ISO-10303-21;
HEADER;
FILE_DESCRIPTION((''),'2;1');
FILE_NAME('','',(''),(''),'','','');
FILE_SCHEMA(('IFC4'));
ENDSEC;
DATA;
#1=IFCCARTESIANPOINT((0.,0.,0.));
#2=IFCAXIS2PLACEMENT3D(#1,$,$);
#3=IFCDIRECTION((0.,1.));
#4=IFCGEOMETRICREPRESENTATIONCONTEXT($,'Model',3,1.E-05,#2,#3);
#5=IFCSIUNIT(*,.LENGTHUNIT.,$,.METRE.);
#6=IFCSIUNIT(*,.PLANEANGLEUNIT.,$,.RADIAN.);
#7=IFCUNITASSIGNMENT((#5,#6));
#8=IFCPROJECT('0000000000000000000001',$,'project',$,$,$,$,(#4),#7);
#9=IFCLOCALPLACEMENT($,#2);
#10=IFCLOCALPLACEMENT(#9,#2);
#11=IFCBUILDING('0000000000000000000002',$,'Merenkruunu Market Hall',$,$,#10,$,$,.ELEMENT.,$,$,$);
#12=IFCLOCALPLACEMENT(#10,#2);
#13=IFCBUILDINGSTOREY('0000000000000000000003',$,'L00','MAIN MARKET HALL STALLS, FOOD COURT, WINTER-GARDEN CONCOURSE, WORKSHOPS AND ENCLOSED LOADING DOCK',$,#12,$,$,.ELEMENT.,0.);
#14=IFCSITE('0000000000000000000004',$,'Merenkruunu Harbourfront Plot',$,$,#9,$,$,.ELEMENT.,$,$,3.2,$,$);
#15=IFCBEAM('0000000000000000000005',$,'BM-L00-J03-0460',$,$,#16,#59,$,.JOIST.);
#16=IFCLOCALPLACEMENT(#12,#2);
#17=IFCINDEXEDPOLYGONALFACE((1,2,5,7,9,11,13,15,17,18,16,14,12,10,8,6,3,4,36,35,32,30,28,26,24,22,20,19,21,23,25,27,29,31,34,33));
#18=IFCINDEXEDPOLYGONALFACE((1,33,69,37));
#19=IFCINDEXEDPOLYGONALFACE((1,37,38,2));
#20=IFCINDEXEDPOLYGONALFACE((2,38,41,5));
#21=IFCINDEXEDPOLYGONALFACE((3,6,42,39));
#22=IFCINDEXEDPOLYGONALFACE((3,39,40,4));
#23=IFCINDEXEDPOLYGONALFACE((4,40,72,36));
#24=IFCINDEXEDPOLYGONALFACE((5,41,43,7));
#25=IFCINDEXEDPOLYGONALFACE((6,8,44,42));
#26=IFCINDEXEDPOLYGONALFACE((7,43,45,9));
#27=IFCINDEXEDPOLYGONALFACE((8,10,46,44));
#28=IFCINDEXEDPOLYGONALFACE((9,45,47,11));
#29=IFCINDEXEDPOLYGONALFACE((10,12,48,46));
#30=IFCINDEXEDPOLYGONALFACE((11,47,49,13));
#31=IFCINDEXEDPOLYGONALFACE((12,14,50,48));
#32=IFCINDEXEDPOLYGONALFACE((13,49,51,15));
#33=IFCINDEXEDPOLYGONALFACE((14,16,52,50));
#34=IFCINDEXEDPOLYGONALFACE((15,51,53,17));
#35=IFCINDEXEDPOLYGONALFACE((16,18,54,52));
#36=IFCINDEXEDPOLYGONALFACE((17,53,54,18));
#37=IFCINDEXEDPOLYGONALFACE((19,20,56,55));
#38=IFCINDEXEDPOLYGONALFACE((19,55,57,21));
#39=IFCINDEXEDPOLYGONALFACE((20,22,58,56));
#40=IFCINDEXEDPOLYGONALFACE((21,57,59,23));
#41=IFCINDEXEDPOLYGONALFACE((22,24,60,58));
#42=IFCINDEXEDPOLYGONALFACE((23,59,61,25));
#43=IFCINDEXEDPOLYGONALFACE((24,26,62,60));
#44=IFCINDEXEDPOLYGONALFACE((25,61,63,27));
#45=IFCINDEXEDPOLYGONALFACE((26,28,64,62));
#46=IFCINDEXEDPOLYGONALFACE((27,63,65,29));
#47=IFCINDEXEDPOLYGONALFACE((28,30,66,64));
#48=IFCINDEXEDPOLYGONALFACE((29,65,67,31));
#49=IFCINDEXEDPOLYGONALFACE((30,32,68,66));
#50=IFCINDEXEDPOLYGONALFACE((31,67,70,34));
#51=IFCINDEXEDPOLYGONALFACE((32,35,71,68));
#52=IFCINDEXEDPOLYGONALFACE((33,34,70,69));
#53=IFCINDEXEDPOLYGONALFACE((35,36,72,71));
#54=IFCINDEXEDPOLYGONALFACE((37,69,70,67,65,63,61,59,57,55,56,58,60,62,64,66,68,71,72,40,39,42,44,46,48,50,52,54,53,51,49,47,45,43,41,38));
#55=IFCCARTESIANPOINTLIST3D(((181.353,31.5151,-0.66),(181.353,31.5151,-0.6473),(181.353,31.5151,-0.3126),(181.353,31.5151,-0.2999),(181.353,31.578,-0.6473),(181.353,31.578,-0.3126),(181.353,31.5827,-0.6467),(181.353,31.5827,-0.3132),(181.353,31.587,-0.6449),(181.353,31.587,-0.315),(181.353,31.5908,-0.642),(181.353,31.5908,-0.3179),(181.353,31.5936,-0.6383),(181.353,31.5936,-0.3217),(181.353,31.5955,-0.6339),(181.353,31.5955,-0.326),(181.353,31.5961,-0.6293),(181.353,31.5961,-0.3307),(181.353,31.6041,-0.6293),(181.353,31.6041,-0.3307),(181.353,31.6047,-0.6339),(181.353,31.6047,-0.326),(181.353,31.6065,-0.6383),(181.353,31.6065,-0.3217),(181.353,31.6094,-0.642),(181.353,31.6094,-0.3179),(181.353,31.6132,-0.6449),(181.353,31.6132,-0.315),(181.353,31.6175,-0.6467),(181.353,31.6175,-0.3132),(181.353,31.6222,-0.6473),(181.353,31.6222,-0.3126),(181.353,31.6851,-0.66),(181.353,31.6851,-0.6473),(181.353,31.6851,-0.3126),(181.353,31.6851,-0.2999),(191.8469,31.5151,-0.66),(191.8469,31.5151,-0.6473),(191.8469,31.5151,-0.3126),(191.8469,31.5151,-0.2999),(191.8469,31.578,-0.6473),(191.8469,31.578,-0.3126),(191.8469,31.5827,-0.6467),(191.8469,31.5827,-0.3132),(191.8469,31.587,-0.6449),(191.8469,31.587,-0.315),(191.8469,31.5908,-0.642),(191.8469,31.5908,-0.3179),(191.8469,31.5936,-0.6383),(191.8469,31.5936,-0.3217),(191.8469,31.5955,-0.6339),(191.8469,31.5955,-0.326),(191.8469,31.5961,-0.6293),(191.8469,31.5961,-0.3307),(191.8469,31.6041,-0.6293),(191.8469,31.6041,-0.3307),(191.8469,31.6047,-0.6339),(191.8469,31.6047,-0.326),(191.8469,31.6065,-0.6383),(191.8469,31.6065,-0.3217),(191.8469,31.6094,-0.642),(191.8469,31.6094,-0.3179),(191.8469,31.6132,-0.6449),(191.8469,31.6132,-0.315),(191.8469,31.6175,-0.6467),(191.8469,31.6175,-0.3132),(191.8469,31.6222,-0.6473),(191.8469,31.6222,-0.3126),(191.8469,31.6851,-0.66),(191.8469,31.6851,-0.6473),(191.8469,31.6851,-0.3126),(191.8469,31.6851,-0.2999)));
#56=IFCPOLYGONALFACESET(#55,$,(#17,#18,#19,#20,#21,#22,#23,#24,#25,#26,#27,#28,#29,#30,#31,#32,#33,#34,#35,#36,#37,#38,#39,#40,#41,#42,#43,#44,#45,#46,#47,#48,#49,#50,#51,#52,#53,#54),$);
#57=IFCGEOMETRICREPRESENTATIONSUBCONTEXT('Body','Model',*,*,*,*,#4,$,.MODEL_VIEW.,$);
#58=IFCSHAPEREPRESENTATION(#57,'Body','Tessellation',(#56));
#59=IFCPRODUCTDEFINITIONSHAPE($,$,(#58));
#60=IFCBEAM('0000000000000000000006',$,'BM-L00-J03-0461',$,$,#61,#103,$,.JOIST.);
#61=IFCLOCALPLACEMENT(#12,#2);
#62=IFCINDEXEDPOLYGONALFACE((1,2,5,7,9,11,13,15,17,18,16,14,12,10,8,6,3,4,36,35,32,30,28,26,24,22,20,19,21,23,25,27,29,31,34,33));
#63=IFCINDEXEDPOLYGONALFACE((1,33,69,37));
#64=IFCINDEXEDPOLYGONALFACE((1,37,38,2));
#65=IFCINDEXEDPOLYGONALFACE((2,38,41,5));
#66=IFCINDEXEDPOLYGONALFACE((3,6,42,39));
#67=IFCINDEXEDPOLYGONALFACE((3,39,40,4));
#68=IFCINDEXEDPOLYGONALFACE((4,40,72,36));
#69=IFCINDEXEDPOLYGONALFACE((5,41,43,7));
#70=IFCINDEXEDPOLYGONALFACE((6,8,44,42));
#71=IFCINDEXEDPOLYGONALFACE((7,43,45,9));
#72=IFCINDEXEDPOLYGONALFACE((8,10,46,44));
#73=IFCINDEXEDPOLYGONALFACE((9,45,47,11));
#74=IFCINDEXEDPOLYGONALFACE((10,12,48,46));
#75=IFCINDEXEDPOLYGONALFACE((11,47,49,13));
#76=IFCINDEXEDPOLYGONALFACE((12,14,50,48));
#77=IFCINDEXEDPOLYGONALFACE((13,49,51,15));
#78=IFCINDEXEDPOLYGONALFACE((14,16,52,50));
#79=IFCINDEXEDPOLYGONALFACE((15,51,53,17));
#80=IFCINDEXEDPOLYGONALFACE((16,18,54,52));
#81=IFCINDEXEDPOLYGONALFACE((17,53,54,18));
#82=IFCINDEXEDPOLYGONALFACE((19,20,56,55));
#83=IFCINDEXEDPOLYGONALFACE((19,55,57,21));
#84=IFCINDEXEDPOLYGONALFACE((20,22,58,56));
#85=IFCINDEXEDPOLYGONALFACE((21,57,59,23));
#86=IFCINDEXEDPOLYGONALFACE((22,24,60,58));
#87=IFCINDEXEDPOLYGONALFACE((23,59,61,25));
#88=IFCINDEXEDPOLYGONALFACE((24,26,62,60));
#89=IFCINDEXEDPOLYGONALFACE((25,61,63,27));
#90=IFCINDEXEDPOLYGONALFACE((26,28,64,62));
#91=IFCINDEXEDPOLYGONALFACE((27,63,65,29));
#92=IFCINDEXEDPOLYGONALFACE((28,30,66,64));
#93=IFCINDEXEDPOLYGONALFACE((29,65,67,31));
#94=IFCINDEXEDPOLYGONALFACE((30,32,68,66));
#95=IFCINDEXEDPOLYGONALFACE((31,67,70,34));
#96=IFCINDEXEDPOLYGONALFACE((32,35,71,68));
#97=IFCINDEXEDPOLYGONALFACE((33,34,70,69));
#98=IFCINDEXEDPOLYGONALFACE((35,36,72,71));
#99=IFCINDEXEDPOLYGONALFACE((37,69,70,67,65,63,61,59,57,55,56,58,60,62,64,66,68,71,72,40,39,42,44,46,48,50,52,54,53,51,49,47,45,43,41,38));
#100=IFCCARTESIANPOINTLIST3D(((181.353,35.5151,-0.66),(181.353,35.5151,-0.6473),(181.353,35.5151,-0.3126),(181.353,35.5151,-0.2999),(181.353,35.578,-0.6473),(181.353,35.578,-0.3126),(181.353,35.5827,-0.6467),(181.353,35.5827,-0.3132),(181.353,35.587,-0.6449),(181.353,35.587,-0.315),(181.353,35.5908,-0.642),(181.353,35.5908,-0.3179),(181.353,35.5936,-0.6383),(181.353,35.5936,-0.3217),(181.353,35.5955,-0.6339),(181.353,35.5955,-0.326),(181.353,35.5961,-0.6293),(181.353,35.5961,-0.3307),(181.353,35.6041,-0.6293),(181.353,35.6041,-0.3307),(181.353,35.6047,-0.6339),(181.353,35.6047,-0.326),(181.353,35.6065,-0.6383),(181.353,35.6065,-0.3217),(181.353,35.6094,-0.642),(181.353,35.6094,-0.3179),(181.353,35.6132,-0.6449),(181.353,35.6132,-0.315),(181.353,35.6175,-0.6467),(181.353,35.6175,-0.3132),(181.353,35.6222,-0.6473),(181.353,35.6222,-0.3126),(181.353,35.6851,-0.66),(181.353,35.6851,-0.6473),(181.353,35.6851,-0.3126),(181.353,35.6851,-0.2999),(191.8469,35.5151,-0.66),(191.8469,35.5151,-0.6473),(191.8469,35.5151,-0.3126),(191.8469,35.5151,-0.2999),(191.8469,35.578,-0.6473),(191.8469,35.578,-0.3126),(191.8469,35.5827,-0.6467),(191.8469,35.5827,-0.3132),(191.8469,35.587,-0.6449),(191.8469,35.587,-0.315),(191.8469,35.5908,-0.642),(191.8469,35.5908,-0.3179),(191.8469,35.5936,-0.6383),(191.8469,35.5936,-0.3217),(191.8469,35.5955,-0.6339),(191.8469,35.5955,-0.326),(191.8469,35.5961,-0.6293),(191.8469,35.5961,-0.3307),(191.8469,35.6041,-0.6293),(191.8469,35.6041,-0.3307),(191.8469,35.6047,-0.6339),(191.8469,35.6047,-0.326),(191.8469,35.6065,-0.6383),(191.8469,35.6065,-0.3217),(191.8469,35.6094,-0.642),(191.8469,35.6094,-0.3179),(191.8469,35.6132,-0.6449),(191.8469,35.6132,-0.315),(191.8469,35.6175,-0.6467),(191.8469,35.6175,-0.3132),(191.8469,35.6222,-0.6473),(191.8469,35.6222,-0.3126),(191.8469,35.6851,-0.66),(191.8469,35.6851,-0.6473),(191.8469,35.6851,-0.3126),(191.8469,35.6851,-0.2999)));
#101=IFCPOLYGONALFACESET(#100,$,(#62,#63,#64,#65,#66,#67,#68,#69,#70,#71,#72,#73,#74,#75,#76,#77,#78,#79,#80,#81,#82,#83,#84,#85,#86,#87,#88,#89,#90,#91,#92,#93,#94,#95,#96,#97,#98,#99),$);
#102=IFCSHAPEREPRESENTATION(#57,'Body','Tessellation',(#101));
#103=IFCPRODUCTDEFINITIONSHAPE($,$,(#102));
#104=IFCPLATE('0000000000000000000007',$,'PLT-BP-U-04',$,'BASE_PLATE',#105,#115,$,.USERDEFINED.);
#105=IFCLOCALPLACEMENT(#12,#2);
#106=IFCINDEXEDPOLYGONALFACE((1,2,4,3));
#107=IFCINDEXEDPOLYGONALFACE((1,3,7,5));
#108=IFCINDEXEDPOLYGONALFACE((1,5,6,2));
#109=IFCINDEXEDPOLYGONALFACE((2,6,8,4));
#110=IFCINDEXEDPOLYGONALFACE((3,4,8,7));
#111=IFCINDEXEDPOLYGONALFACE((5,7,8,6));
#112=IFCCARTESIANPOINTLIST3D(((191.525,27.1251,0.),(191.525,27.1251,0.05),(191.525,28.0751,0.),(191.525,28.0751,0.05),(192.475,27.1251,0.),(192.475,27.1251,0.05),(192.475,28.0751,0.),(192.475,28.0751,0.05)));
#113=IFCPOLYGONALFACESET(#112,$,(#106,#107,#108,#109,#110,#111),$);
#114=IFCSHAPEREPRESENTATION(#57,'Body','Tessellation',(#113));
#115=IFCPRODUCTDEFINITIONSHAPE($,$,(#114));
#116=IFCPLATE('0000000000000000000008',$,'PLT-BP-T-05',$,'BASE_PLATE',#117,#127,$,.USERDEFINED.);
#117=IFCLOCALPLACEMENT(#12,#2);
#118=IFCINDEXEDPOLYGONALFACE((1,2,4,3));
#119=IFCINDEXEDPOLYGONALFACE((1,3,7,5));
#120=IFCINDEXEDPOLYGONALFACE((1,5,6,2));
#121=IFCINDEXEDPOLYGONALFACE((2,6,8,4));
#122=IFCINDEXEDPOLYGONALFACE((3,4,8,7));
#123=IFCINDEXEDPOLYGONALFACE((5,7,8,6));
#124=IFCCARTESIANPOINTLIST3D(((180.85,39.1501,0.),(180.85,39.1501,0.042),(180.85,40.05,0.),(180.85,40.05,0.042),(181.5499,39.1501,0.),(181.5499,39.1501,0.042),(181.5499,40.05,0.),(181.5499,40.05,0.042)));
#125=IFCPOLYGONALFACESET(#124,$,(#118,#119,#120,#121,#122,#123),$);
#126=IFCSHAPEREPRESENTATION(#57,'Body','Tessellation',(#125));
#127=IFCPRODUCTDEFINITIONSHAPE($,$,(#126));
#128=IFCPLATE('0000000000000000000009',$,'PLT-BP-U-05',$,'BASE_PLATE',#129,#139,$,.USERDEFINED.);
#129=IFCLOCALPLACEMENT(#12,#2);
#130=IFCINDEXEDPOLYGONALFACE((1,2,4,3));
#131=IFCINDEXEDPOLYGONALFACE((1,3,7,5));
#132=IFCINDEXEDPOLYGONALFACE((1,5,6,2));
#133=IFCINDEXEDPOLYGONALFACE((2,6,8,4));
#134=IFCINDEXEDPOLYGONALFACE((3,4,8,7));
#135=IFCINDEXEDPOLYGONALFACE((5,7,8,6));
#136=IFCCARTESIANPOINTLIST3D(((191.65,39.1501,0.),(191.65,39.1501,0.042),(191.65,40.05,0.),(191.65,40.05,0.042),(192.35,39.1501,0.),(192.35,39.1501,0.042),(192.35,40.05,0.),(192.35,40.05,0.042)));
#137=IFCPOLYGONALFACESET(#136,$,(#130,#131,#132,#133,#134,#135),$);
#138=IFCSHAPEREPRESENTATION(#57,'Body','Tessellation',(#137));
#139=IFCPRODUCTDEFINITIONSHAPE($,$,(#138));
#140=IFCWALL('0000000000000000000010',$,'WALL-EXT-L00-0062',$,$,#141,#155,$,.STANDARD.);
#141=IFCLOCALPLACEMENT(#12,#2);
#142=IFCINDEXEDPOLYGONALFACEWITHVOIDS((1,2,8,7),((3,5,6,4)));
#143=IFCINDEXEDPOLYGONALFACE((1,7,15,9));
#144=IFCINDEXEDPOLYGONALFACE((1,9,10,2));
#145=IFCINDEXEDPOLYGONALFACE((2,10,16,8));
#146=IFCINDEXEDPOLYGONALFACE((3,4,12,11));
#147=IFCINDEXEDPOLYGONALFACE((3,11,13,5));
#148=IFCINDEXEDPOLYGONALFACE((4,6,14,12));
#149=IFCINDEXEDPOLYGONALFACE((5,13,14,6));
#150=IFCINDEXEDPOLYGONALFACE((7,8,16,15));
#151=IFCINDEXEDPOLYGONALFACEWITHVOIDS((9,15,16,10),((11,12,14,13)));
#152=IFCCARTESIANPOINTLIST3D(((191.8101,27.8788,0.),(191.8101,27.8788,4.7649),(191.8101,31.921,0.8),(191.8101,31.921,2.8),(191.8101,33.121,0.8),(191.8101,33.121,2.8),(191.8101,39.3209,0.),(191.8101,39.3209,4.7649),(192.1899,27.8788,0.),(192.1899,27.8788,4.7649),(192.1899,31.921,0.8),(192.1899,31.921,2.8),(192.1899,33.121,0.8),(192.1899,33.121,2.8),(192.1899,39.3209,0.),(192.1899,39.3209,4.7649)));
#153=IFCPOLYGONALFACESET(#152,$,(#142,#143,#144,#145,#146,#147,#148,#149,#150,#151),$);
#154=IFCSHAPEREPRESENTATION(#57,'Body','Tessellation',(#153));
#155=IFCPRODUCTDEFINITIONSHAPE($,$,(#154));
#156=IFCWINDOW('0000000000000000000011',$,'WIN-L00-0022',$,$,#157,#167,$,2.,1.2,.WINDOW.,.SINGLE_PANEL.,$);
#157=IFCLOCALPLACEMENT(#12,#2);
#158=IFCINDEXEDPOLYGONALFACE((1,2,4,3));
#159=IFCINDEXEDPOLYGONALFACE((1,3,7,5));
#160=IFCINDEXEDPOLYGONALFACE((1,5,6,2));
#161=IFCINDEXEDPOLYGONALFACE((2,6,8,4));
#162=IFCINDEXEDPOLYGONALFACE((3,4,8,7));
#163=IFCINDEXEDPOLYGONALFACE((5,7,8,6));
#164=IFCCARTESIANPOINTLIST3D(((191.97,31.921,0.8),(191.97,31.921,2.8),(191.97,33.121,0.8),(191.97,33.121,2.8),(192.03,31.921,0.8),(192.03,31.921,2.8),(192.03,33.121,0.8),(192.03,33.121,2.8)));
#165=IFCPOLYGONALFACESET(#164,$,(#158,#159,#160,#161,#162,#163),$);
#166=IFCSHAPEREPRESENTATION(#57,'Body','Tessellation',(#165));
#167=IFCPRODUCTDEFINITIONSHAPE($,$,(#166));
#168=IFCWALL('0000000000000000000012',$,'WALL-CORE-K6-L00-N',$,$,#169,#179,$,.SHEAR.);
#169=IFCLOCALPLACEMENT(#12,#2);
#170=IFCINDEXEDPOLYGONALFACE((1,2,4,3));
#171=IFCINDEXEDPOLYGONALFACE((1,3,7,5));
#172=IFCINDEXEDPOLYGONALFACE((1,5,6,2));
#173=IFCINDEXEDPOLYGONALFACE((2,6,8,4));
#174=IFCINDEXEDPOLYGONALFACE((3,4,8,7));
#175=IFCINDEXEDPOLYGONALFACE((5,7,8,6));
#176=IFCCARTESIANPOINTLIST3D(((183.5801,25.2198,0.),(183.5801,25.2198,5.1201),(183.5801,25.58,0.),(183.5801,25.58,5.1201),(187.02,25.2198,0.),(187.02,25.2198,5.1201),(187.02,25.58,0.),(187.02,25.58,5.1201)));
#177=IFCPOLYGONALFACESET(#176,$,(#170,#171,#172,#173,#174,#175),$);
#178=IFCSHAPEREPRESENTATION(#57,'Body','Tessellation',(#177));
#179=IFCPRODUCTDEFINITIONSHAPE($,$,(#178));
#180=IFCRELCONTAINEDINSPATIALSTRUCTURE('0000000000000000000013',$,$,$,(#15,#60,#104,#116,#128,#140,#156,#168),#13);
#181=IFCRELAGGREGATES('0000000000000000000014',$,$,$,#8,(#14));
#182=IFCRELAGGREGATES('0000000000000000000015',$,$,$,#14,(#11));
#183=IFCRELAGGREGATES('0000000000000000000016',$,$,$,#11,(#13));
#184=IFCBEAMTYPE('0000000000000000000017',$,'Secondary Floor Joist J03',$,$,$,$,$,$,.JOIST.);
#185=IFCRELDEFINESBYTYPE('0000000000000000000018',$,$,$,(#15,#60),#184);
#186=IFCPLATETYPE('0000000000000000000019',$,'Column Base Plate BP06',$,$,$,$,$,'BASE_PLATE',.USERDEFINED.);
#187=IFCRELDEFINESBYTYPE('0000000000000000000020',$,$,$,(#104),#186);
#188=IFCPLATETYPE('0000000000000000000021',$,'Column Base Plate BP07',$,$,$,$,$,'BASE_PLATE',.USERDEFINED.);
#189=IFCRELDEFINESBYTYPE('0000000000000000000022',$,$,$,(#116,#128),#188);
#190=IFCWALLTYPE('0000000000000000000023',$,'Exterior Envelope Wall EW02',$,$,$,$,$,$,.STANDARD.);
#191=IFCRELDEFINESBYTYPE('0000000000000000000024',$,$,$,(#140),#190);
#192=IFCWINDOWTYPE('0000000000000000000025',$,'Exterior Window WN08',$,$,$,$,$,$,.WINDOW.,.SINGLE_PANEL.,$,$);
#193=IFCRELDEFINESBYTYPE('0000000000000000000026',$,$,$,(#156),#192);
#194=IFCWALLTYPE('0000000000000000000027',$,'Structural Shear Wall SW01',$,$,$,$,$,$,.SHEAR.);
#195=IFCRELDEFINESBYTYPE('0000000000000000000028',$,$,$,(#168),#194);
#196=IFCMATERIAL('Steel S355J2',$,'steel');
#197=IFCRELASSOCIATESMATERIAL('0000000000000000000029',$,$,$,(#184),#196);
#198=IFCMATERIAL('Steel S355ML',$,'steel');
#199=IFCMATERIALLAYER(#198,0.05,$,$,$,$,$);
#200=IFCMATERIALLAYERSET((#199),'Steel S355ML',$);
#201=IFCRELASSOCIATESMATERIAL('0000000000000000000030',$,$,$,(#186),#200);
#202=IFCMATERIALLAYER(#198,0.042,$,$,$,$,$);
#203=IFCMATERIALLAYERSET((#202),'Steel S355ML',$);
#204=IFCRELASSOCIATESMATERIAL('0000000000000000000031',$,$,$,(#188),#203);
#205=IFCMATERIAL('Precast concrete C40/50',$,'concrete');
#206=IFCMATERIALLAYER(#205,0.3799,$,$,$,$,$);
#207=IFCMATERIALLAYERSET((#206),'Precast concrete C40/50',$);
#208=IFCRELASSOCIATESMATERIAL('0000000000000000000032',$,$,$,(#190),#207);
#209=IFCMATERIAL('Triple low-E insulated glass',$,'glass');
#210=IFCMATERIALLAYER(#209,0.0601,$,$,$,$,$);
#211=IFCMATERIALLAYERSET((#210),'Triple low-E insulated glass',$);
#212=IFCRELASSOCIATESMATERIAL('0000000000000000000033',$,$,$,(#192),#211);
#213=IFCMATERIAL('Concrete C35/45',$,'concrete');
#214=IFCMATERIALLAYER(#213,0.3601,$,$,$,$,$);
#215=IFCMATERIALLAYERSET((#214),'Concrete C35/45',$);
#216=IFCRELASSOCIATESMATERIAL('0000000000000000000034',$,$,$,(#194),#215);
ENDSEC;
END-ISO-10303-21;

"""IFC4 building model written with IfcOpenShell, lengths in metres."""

from ifc_helpers import new_model, si_unit, direction, frame, frame_2d, origin, origin_2d, place, context, subcontext, project, spatial, rectangle, i_section, extrude, material, layer, layer_set, material_profile, profile_set, type_object, element, fill, save


model = new_model("IFC4")

# Units and contexts
model_context = context("Model", 3, precision=1e-05, world=origin(), true_north=direction((0.0, 1.0)))
body_context = subcontext(model_context, "Body", "Model", "MODEL_VIEW")
ifc_project = project(units=[si_unit("LENGTHUNIT", "METRE"), si_unit("PLANEANGLEUNIT", "RADIAN")], contexts=[model_context])

# Site, building, storey
site_placement = place(None, origin())
site = spatial("IfcSite", under=ifc_project, at=site_placement, Name="Merenkruunu Harbourfront Plot", CompositionType="ELEMENT", RefElevation=3.2)
building_placement = place(site_placement, origin())
building = spatial("IfcBuilding", under=site, at=building_placement, Name="Merenkruunu Market Hall", CompositionType="ELEMENT")
storey_placement = place(building_placement, origin())
storey = spatial("IfcBuildingStorey", under=building, at=storey_placement, Name="L00", Description="MAIN MARKET HALL STALLS, FOOD COURT, WINTER-GARDEN CONCOURSE, WORKSHOPS AND ENCLOSED LOADING DOCK", CompositionType="ELEMENT", Elevation=0.0)

# Shared definitions
ifc_material_1 = material(Name="Steel S355ML", Category="steel")

# Beams
ifc_material_2 = material(Name="Steel S355J2", Category="steel")
ifc_material_profile_1 = material_profile(ifc_material_2, i_section(OverallWidth=0.1699, OverallDepth=0.3601, WebThickness=0.0081, FlangeThickness=0.0127, FilletRadius=0.0181, at=origin_2d()), Name="IPE 360")
ifc_profile_set_1 = profile_set([ifc_material_profile_1], Name="Steel S355J2")
beam_type_1 = type_object("IfcBeamType", Name="Secondary Floor Joist J03", PredefinedType="JOIST", material=ifc_profile_set_1)
for number, where, z_axis, x_axis, name in (
    (1, (181.353, 31.6001, -0.48), (1.0, 0.0, 0.0), (0.0, 1.0, 0.0), "BM-L00-J03-0460"),
    (2, (181.353, 35.6001, -0.48), (1.0, 0.0, 0.0), (0.0, 1.0, 0.0), "BM-L00-J03-0461"),
):
    element("IfcBeam", number, at=place(storey_placement, frame(where, z_axis=z_axis, x_axis=x_axis)), inside=storey, type_object=beam_type_1, Name=name, PredefinedType="JOIST", context=body_context, shape_type="SweptSolid", body=[
        extrude(i_section(OverallWidth=0.1699, OverallDepth=0.3601, WebThickness=0.0081, FlangeThickness=0.0127, FilletRadius=0.0181, at=origin_2d()), origin(), (0.0, 0.0, 1.0), 10.4939),
    ])

# Plates
ifc_layer_1 = layer(ifc_material_1, 0.05)
ifc_layer_set_1 = layer_set([ifc_layer_1], Name="Steel S355ML")
plate_type_1 = type_object("IfcPlateType", Name="Column Base Plate BP06", ElementType="BASE_PLATE", PredefinedType="USERDEFINED", material=ifc_layer_set_1)
plate_placement = place(storey_placement, frame((192.0, 27.6001, 0.0), z_axis=(0.0, 0.0, 1.0), x_axis=(1.0, 0.0, 0.0)))
element("IfcPlate", 3, at=plate_placement, inside=storey, type_object=plate_type_1, Name="PLT-BP-U-04", ObjectType="BASE_PLATE", PredefinedType="USERDEFINED", context=body_context, shape_type="SweptSolid", body=[
    extrude(rectangle(XDim=0.95, YDim=0.95, at=origin_2d()), origin(), (0.0, 0.0, 1.0), 0.05),
])
ifc_layer_2 = layer(ifc_material_1, 0.042)
ifc_layer_set_2 = layer_set([ifc_layer_2], Name="Steel S355ML")
plate_type_2 = type_object("IfcPlateType", Name="Column Base Plate BP07", ElementType="BASE_PLATE", PredefinedType="USERDEFINED", material=ifc_layer_set_2)
for number, where, z_axis, x_axis, name in (
    (4, (181.2, 39.6001, 0.0), (0.0, 0.0, 1.0), (1.0, 0.0, 0.0), "PLT-BP-T-05"),
    (5, (192.0, 39.6001, 0.0), (0.0, 0.0, 1.0), (1.0, 0.0, 0.0), "PLT-BP-U-05"),
):
    element("IfcPlate", number, at=place(storey_placement, frame(where, z_axis=z_axis, x_axis=x_axis)), inside=storey, type_object=plate_type_2, Name=name, ObjectType="BASE_PLATE", PredefinedType="USERDEFINED", context=body_context, shape_type="SweptSolid", body=[
        extrude(rectangle(XDim=0.7, YDim=0.8999, at=origin_2d()), origin(), (0.0, 0.0, 1.0), 0.042),
    ])

# Wall, opening, window
ifc_material_3 = material(Name="Precast concrete C40/50", Category="concrete")
ifc_layer_3 = layer(ifc_material_3, 0.3799)
ifc_layer_set_3 = layer_set([ifc_layer_3], Name="Precast concrete C40/50")
wall_type_1 = type_object("IfcWallType", Name="Exterior Envelope Wall EW02", PredefinedType="STANDARD", material=ifc_layer_set_3)
wall_1_placement = place(storey_placement, frame((192.0, 39.321, 0.0), z_axis=(0.0, 0.0, 1.0), x_axis=(0.0, -1.0, 0.0)))
wall_1 = element("IfcWall", 6, at=wall_1_placement, inside=storey, type_object=wall_type_1, Name="WALL-EXT-L00-0062", PredefinedType="STANDARD", context=body_context, shape_type="SweptSolid", body=[
    extrude(rectangle(XDim=11.4421, YDim=0.3799, at=frame_2d((5.7212, 0.0))), origin(), (0.0, 0.0, 1.0), 4.7649),
])
opening_1_placement = place(wall_1_placement, frame((6.2, 0.0, 0.8)))
opening_1 = element("IfcOpeningElement", 7, at=opening_1_placement, cuts=wall_1, PredefinedType="OPENING", context=body_context, shape_type="SweptSolid", body=[
    extrude(rectangle(XDim=1.2, YDim=2.0, at=frame_2d((0.6001, 1.0))), frame((0.0, 0.2, 0.0), z_axis=(0.0, -1.0, 0.0), x_axis=(1.0, 0.0, 0.0)), (0.0, 0.0, 1.0), 0.3999),
])
ifc_material_4 = material(Name="Triple low-E insulated glass", Category="glass")
ifc_layer_4 = layer(ifc_material_4, 0.0601)
ifc_layer_set_4 = layer_set([ifc_layer_4], Name="Triple low-E insulated glass")
window_type = type_object("IfcWindowType", Name="Exterior Window WN08", PartitioningType="SINGLE_PANEL", PredefinedType="WINDOW", material=ifc_layer_set_4)
window_placement = place(opening_1_placement, origin())
window = element("IfcWindow", 8, at=window_placement, inside=storey, type_object=window_type, Name="WIN-L00-0022", OverallHeight=2.0, OverallWidth=1.2, PartitioningType="SINGLE_PANEL", PredefinedType="WINDOW", context=body_context, shape_type="SweptSolid", body=[
    extrude(rectangle(XDim=1.2, YDim=2.0, at=frame_2d((0.6001, 1.0))), frame((0.0, 0.03, 0.0), z_axis=(0.0, -1.0, 0.0), x_axis=(1.0, 0.0, 0.0)), (0.0, 0.0, 1.0), 0.0601),
])
fill(opening_1, window)

# Wall
ifc_material_5 = material(Name="Concrete C35/45", Category="concrete")
ifc_layer_5 = layer(ifc_material_5, 0.3601)
ifc_layer_set_5 = layer_set([ifc_layer_5], Name="Concrete C35/45")
wall_type_2 = type_object("IfcWallType", Name="Structural Shear Wall SW01", PredefinedType="SHEAR", material=ifc_layer_set_5)
wall_2_placement = place(storey_placement, frame((187.02, 25.3999, 0.0), z_axis=(0.0, 0.0, 1.0), x_axis=(-1.0, 0.0, 0.0)))
element("IfcWall", 9, at=wall_2_placement, inside=storey, type_object=wall_type_2, Name="WALL-CORE-K6-L00-N", PredefinedType="SHEAR", context=body_context, shape_type="SweptSolid", body=[
    extrude(rectangle(XDim=3.4399, YDim=0.3601, at=frame_2d((1.72, 0.0))), origin(), (0.0, 0.0, 1.0), 5.1201),
])

save(model, "model.ifc")
